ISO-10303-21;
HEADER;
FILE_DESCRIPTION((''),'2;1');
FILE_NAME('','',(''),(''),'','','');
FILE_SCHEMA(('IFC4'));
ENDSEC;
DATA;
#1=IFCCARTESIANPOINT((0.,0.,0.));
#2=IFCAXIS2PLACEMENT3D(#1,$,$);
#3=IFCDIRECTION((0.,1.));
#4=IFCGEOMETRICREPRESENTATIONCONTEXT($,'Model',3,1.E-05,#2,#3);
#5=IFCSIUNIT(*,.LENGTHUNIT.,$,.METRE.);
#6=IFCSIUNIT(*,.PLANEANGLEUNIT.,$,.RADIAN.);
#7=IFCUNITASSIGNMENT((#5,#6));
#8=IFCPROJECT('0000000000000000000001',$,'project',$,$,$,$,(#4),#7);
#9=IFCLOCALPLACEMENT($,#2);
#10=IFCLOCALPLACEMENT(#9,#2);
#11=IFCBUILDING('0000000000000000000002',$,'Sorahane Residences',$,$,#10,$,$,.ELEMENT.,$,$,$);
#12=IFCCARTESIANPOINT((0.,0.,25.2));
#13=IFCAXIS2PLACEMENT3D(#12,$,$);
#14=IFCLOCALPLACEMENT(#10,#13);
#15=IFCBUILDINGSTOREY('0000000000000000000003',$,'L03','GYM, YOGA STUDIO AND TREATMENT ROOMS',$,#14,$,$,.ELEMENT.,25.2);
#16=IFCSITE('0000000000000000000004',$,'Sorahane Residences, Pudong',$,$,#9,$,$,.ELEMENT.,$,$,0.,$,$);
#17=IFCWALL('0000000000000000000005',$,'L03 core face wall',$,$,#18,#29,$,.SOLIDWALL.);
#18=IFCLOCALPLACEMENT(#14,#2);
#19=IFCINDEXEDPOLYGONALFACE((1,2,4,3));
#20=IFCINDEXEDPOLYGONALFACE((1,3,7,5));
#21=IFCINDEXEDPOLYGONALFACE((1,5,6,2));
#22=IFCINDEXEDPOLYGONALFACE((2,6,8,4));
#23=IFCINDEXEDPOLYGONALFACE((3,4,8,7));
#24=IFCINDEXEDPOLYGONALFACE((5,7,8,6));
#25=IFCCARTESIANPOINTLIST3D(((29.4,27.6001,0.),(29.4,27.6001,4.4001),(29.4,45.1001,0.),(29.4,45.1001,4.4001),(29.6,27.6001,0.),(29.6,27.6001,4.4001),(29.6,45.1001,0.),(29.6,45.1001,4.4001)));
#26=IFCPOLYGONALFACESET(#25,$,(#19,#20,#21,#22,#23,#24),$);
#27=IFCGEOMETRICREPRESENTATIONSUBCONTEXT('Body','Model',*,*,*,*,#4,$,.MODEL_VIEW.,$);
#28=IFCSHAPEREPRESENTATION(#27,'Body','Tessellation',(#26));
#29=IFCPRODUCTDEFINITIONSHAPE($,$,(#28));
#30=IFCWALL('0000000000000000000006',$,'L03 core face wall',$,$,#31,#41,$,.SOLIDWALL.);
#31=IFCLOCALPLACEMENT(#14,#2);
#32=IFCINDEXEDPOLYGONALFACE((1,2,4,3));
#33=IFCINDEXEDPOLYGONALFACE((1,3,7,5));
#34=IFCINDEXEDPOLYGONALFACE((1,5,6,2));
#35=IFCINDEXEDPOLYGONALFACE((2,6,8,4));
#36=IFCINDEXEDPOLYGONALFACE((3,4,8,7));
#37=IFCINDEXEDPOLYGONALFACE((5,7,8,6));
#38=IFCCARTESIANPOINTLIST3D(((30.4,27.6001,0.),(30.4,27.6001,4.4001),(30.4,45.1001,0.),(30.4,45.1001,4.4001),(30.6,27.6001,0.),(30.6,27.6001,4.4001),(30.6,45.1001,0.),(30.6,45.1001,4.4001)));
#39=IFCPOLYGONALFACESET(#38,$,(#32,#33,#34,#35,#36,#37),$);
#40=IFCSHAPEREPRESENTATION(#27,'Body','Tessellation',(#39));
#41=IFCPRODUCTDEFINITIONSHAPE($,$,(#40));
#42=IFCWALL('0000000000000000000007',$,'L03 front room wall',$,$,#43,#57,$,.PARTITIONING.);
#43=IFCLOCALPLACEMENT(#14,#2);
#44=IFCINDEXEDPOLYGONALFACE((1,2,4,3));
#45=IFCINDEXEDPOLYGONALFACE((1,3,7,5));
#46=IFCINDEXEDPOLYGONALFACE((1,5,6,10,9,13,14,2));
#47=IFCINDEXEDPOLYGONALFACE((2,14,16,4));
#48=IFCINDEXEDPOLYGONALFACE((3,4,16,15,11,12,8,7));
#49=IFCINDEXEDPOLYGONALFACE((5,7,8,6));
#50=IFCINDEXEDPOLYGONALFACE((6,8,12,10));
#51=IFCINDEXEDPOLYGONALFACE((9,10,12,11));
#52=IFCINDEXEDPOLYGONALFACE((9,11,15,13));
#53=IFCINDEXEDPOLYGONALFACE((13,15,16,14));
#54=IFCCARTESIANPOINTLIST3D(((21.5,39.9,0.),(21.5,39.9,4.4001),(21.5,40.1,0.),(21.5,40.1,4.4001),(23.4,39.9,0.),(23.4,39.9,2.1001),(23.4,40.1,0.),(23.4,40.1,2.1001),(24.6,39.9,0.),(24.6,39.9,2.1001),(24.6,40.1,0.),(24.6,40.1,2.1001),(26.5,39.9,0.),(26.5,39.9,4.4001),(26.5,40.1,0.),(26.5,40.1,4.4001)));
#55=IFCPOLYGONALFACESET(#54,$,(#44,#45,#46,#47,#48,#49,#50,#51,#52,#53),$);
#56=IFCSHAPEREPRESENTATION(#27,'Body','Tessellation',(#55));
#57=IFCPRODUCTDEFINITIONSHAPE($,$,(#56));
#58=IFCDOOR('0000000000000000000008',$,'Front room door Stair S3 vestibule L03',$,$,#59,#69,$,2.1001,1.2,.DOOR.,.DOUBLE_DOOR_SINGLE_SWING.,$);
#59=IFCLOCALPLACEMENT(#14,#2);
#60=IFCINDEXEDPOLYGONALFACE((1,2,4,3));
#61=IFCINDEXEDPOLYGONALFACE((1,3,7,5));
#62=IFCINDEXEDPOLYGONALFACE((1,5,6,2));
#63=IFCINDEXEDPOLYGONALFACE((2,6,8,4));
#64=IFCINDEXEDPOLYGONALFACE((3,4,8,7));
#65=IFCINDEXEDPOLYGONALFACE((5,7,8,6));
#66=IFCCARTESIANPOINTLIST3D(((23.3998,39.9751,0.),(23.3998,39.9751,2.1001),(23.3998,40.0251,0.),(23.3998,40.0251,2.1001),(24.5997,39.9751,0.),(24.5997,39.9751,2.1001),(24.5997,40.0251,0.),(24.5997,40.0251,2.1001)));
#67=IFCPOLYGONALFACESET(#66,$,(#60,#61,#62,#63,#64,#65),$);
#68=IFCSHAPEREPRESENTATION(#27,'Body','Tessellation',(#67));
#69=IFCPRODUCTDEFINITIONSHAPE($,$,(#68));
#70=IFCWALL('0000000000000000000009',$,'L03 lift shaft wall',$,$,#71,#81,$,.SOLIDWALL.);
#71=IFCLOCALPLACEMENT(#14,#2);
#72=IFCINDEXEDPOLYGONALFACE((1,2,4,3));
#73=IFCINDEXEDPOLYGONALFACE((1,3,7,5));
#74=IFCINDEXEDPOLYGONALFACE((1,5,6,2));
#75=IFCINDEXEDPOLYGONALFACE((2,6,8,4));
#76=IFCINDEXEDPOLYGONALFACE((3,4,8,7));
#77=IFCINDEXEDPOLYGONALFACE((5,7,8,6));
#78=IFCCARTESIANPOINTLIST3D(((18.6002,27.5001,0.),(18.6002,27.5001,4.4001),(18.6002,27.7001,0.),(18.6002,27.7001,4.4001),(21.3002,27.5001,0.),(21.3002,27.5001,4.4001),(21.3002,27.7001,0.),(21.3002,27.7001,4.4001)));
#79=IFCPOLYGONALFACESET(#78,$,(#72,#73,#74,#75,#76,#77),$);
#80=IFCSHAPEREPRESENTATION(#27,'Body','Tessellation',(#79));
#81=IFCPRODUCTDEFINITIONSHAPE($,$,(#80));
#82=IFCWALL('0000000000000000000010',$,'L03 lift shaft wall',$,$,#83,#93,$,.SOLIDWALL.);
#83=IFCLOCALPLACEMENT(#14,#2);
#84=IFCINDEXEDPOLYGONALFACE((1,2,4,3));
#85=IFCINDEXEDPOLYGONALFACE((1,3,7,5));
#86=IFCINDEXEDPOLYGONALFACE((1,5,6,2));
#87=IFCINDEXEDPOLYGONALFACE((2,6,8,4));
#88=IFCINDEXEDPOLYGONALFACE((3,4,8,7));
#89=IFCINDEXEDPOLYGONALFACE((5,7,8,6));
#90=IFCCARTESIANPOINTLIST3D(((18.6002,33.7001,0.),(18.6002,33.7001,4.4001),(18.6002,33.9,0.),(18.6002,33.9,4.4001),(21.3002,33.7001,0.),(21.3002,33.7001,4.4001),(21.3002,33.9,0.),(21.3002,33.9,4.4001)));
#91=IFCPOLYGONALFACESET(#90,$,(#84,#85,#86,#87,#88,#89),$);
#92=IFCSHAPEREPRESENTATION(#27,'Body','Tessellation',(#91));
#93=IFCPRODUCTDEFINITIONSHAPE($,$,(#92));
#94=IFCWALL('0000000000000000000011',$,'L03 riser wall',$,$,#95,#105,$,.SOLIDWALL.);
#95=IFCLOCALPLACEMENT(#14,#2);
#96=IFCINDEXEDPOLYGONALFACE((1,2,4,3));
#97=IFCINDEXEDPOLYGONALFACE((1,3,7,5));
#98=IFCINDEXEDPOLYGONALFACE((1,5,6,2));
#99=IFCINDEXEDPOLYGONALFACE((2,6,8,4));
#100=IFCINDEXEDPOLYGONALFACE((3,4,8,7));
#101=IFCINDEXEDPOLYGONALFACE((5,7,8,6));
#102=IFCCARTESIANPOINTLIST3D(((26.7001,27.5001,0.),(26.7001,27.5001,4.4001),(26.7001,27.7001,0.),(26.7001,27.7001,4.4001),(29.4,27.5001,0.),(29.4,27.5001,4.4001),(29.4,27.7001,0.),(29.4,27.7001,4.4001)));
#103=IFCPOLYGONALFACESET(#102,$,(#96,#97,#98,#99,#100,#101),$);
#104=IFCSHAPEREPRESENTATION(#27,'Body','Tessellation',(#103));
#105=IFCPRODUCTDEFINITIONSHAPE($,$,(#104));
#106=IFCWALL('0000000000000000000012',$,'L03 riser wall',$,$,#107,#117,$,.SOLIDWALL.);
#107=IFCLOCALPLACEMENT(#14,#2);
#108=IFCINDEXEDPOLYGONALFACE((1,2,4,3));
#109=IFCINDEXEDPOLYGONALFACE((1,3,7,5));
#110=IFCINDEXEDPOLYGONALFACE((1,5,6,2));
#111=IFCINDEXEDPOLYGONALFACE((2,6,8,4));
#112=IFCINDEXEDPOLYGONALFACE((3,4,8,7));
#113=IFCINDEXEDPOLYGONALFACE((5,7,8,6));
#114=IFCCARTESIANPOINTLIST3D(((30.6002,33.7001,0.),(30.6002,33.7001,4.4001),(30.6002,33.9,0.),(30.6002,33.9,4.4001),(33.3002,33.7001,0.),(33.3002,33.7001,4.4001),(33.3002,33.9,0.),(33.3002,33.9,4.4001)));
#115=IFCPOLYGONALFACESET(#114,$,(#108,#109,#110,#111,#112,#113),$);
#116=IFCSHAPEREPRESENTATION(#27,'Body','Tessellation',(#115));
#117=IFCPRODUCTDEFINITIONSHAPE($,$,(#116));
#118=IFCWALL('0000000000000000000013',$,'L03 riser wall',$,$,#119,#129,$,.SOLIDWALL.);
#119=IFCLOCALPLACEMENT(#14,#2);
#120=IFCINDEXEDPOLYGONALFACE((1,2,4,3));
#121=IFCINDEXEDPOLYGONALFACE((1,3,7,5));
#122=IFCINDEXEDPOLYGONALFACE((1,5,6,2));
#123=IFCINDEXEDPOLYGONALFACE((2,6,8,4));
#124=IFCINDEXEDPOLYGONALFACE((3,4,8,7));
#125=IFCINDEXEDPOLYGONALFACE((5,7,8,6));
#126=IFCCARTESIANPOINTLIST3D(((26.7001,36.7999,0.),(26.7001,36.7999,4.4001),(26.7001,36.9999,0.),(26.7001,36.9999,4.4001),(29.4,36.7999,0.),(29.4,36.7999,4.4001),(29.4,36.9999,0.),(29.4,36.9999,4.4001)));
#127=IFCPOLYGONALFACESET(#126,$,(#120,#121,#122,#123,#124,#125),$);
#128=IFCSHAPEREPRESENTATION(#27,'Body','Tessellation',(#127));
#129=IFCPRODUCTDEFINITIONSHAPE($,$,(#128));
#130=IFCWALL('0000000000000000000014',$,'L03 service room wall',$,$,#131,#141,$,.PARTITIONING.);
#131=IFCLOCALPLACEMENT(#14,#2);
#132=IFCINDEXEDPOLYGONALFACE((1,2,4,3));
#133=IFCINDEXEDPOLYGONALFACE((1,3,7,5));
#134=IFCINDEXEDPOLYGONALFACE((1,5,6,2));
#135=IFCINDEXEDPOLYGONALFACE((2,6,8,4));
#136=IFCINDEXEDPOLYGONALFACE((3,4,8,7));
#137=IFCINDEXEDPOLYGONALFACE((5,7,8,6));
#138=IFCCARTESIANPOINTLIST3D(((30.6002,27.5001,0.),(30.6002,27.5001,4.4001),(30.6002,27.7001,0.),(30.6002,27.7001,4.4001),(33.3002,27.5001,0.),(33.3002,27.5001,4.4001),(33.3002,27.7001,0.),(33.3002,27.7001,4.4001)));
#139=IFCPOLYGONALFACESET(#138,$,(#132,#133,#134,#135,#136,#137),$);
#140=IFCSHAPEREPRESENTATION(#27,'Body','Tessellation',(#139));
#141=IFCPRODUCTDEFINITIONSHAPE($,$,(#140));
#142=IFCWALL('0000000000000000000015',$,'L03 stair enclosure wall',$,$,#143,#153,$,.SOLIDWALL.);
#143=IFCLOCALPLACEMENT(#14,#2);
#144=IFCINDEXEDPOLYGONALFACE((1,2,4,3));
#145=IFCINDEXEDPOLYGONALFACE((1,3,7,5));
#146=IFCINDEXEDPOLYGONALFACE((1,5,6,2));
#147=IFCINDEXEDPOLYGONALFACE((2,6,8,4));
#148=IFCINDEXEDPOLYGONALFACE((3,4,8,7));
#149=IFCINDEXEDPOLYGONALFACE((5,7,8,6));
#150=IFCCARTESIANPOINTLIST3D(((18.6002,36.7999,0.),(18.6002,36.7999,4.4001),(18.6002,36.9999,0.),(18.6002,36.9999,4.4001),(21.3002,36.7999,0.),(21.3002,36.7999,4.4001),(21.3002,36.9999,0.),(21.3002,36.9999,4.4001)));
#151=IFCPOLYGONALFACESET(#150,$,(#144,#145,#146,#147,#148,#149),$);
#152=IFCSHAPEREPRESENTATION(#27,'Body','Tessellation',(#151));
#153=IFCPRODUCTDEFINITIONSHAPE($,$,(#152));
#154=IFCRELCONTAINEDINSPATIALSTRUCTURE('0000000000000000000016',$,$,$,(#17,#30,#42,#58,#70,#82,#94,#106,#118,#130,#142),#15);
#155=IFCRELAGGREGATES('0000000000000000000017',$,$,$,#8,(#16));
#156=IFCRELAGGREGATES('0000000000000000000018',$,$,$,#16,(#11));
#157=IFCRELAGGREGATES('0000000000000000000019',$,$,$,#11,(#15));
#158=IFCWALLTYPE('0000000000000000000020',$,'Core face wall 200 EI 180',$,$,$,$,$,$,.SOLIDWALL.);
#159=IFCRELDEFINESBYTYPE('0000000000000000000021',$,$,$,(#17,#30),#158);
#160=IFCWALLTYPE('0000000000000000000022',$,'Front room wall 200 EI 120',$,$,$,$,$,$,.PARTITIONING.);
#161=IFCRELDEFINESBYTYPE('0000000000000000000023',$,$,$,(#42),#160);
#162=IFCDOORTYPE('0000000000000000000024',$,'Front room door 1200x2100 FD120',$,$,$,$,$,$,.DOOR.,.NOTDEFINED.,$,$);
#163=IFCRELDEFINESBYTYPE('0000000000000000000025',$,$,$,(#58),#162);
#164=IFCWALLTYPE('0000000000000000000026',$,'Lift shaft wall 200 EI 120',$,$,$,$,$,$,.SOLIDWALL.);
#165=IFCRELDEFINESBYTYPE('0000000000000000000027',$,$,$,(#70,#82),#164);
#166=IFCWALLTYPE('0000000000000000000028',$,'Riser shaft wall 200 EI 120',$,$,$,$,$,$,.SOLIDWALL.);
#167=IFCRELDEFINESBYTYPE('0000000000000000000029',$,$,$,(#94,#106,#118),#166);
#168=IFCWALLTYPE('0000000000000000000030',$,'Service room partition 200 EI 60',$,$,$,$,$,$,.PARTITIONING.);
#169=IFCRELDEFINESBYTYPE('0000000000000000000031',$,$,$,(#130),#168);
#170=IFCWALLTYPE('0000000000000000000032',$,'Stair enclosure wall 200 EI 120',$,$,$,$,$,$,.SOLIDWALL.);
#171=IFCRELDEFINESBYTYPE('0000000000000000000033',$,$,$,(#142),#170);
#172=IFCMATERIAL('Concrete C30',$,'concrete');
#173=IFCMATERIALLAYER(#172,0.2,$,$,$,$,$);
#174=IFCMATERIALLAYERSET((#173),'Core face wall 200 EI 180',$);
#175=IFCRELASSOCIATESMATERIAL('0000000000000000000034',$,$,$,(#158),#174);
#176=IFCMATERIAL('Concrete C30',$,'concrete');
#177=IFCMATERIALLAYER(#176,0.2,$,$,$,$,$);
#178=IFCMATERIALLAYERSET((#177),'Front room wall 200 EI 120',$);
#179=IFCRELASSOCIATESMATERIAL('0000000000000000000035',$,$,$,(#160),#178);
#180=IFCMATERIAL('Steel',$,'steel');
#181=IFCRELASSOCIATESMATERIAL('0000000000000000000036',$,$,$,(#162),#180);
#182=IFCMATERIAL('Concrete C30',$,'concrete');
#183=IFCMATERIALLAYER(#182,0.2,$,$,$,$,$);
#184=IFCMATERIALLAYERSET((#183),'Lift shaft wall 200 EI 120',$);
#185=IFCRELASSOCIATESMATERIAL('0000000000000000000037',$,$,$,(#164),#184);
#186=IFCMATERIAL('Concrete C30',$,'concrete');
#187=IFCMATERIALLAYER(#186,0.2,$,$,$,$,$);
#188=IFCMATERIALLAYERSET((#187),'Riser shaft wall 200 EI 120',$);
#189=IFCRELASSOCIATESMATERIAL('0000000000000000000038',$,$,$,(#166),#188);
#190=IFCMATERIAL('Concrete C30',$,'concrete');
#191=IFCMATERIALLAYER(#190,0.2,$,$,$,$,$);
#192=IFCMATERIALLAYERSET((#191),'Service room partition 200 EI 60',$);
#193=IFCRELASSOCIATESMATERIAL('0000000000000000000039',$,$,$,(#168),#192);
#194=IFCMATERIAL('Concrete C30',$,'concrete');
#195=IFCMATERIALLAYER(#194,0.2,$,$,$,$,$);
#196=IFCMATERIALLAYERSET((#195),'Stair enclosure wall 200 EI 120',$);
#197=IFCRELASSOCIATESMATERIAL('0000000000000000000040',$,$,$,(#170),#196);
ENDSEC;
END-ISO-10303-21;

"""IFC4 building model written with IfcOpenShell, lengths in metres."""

from ifc_helpers import new_model, si_unit, direction, frame, frame_2d, origin, place, context, subcontext, project, spatial, rectangle, extrude, material, layer, layer_set, type_object, element, fill, save


model = new_model("IFC4")

# Units and contexts
model_context = context("Model", 3, precision=1e-05, world=origin(), true_north=direction((0.0, 1.0)))
body_context = subcontext(model_context, "Body", "Model", "MODEL_VIEW")
ifc_project = project(units=[si_unit("LENGTHUNIT", "METRE"), si_unit("PLANEANGLEUNIT", "RADIAN")], contexts=[model_context])

# Site, building, storey
site_placement = place(None, origin())
site = spatial("IfcSite", under=ifc_project, at=site_placement, Name="Sorahane Residences, Pudong", CompositionType="ELEMENT", RefElevation=0.0)
building_placement = place(site_placement, origin())
building = spatial("IfcBuilding", under=site, at=building_placement, Name="Sorahane Residences", CompositionType="ELEMENT")
storey_placement = place(building_placement, frame((0.0, 0.0, 25.2)))
storey = spatial("IfcBuildingStorey", under=building, at=storey_placement, Name="L03", Description="GYM, YOGA STUDIO AND TREATMENT ROOMS", CompositionType="ELEMENT", Elevation=25.2)

# Walls
ifc_material_1 = material(Name="Concrete C30", Category="concrete")
ifc_layer_1 = layer(ifc_material_1, 0.2)
ifc_layer_set_1 = layer_set([ifc_layer_1], Name="Core face wall 200 EI 180")
wall_type_1 = type_object("IfcWallType", Name="Core face wall 200 EI 180", PredefinedType="SOLIDWALL", material=ifc_layer_set_1)
for number, where, z_axis, x_axis, name in (
    (1, (29.5, 27.6001, 0.0), (0.0, 0.0, 1.0), (0.0, 1.0, 0.0), "L03 core face wall"),
    (2, (30.5, 27.6001, 0.0), (0.0, 0.0, 1.0), (0.0, 1.0, 0.0), "L03 core face wall"),
):
    element("IfcWall", number, at=place(storey_placement, frame(where, z_axis=z_axis, x_axis=x_axis)), inside=storey, type_object=wall_type_1, Name=name, PredefinedType="SOLIDWALL", context=body_context, shape_type="SweptSolid", body=[
        extrude(rectangle(XDim=17.5, YDim=0.2, at=frame_2d((8.75, 0.0))), origin(), (0.0, 0.0, 1.0), 4.4001),
    ])

# Wall, opening, door
ifc_material_2 = material(Name="Concrete C30", Category="concrete")
ifc_layer_2 = layer(ifc_material_2, 0.2)
ifc_layer_set_2 = layer_set([ifc_layer_2], Name="Front room wall 200 EI 120")
wall_type_2 = type_object("IfcWallType", Name="Front room wall 200 EI 120", PredefinedType="PARTITIONING", material=ifc_layer_set_2)
wall_1_placement = place(storey_placement, frame((21.5, 40.0, 0.0), z_axis=(0.0, 0.0, 1.0), x_axis=(1.0, 0.0, 0.0)))
wall_1 = element("IfcWall", 3, at=wall_1_placement, inside=storey, type_object=wall_type_2, Name="L03 front room wall", PredefinedType="PARTITIONING", context=body_context, shape_type="SweptSolid", body=[
    extrude(rectangle(XDim=5.0, YDim=0.2, at=frame_2d((2.5, 0.0))), origin(), (0.0, 0.0, 1.0), 4.4001),
])
opening_placement = place(wall_1_placement, frame((1.8999, 0.0, 0.0)))
opening = element("IfcOpeningElement", 4, at=opening_placement, cuts=wall_1, PredefinedType="OPENING", context=body_context, shape_type="SweptSolid", body=[
    extrude(rectangle(XDim=1.2, YDim=2.1001, at=frame_2d((0.6001, 1.05))), frame((0.0, 0.1099, 0.0), z_axis=(0.0, -1.0, 0.0), x_axis=(1.0, 0.0, 0.0)), (0.0, 0.0, 1.0), 0.22),
])
ifc_material_3 = material(Name="Steel", Category="steel")
door_type = type_object("IfcDoorType", Name="Front room door 1200x2100 FD120", OperationType="NOTDEFINED", PredefinedType="DOOR", material=ifc_material_3)
door_placement = place(opening_placement, frame((1.2, 0.0, 0.0), z_axis=(0.0, 0.0, 1.0), x_axis=(-1.0, 0.0, 0.0)))
door = element("IfcDoor", 5, at=door_placement, inside=storey, type_object=door_type, Name="Front room door Stair S3 vestibule L03", OperationType="DOUBLE_DOOR_SINGLE_SWING", OverallHeight=2.1001, OverallWidth=1.2, PredefinedType="DOOR", context=body_context, shape_type="SweptSolid", body=[
    extrude(rectangle(XDim=1.2, YDim=2.1001, at=frame_2d((0.6001, 1.05))), frame((0.0, 0.0249, 0.0), z_axis=(0.0, -1.0, 0.0), x_axis=(1.0, 0.0, 0.0)), (0.0, 0.0, 1.0), 0.05),
])
fill(opening, door)

# Walls
ifc_material_4 = material(Name="Concrete C30", Category="concrete")
ifc_layer_3 = layer(ifc_material_4, 0.2)
ifc_layer_set_3 = layer_set([ifc_layer_3], Name="Lift shaft wall 200 EI 120")
wall_type_3 = type_object("IfcWallType", Name="Lift shaft wall 200 EI 120", PredefinedType="SOLIDWALL", material=ifc_layer_set_3)
for number, where, z_axis, x_axis, name in (
    (6, (18.6001, 27.6001, 0.0), (0.0, 0.0, 1.0), (1.0, 0.0, 0.0), "L03 lift shaft wall"),
    (7, (18.6001, 33.8, 0.0), (0.0, 0.0, 1.0), (1.0, 0.0, 0.0), "L03 lift shaft wall"),
):
    element("IfcWall", number, at=place(storey_placement, frame(where, z_axis=z_axis, x_axis=x_axis)), inside=storey, type_object=wall_type_3, Name=name, PredefinedType="SOLIDWALL", context=body_context, shape_type="SweptSolid", body=[
        extrude(rectangle(XDim=2.7, YDim=0.2, at=frame_2d((1.3501, 0.0))), origin(), (0.0, 0.0, 1.0), 4.4001),
    ])
ifc_material_5 = material(Name="Concrete C30", Category="concrete")
ifc_layer_4 = layer(ifc_material_5, 0.2)
ifc_layer_set_4 = layer_set([ifc_layer_4], Name="Riser shaft wall 200 EI 120")
wall_type_4 = type_object("IfcWallType", Name="Riser shaft wall 200 EI 120", PredefinedType="SOLIDWALL", material=ifc_layer_set_4)
for number, where, z_axis, x_axis, name in (
    (8, (26.7, 27.6001, 0.0), (0.0, 0.0, 1.0), (1.0, 0.0, 0.0), "L03 riser wall"),
    (9, (30.6001, 33.8, 0.0), (0.0, 0.0, 1.0), (1.0, 0.0, 0.0), "L03 riser wall"),
    (10, (26.7, 36.8999, 0.0), (0.0, 0.0, 1.0), (1.0, 0.0, 0.0), "L03 riser wall"),
):
    element("IfcWall", number, at=place(storey_placement, frame(where, z_axis=z_axis, x_axis=x_axis)), inside=storey, type_object=wall_type_4, Name=name, PredefinedType="SOLIDWALL", context=body_context, shape_type="SweptSolid", body=[
        extrude(rectangle(XDim=2.7, YDim=0.2, at=frame_2d((1.3501, 0.0))), origin(), (0.0, 0.0, 1.0), 4.4001),
    ])
ifc_material_6 = material(Name="Concrete C30", Category="concrete")
ifc_layer_5 = layer(ifc_material_6, 0.2)
ifc_layer_set_5 = layer_set([ifc_layer_5], Name="Service room partition 200 EI 60")
wall_type_5 = type_object("IfcWallType", Name="Service room partition 200 EI 60", PredefinedType="PARTITIONING", material=ifc_layer_set_5)
wall_2_placement = place(storey_placement, frame((30.6001, 27.6001, 0.0), z_axis=(0.0, 0.0, 1.0), x_axis=(1.0, 0.0, 0.0)))
element("IfcWall", 11, at=wall_2_placement, inside=storey, type_object=wall_type_5, Name="L03 service room wall", PredefinedType="PARTITIONING", context=body_context, shape_type="SweptSolid", body=[
    extrude(rectangle(XDim=2.7, YDim=0.2, at=frame_2d((1.3501, 0.0))), origin(), (0.0, 0.0, 1.0), 4.4001),
])
ifc_material_7 = material(Name="Concrete C30", Category="concrete")
ifc_layer_6 = layer(ifc_material_7, 0.2)
ifc_layer_set_6 = layer_set([ifc_layer_6], Name="Stair enclosure wall 200 EI 120")
wall_type_6 = type_object("IfcWallType", Name="Stair enclosure wall 200 EI 120", PredefinedType="SOLIDWALL", material=ifc_layer_set_6)
wall_3_placement = place(storey_placement, frame((18.6001, 36.8999, 0.0), z_axis=(0.0, 0.0, 1.0), x_axis=(1.0, 0.0, 0.0)))
element("IfcWall", 12, at=wall_3_placement, inside=storey, type_object=wall_type_6, Name="L03 stair enclosure wall", PredefinedType="SOLIDWALL", context=body_context, shape_type="SweptSolid", body=[
    extrude(rectangle(XDim=2.7, YDim=0.2, at=frame_2d((1.3501, 0.0))), origin(), (0.0, 0.0, 1.0), 4.4001),
])

save(model, "model.ifc")
